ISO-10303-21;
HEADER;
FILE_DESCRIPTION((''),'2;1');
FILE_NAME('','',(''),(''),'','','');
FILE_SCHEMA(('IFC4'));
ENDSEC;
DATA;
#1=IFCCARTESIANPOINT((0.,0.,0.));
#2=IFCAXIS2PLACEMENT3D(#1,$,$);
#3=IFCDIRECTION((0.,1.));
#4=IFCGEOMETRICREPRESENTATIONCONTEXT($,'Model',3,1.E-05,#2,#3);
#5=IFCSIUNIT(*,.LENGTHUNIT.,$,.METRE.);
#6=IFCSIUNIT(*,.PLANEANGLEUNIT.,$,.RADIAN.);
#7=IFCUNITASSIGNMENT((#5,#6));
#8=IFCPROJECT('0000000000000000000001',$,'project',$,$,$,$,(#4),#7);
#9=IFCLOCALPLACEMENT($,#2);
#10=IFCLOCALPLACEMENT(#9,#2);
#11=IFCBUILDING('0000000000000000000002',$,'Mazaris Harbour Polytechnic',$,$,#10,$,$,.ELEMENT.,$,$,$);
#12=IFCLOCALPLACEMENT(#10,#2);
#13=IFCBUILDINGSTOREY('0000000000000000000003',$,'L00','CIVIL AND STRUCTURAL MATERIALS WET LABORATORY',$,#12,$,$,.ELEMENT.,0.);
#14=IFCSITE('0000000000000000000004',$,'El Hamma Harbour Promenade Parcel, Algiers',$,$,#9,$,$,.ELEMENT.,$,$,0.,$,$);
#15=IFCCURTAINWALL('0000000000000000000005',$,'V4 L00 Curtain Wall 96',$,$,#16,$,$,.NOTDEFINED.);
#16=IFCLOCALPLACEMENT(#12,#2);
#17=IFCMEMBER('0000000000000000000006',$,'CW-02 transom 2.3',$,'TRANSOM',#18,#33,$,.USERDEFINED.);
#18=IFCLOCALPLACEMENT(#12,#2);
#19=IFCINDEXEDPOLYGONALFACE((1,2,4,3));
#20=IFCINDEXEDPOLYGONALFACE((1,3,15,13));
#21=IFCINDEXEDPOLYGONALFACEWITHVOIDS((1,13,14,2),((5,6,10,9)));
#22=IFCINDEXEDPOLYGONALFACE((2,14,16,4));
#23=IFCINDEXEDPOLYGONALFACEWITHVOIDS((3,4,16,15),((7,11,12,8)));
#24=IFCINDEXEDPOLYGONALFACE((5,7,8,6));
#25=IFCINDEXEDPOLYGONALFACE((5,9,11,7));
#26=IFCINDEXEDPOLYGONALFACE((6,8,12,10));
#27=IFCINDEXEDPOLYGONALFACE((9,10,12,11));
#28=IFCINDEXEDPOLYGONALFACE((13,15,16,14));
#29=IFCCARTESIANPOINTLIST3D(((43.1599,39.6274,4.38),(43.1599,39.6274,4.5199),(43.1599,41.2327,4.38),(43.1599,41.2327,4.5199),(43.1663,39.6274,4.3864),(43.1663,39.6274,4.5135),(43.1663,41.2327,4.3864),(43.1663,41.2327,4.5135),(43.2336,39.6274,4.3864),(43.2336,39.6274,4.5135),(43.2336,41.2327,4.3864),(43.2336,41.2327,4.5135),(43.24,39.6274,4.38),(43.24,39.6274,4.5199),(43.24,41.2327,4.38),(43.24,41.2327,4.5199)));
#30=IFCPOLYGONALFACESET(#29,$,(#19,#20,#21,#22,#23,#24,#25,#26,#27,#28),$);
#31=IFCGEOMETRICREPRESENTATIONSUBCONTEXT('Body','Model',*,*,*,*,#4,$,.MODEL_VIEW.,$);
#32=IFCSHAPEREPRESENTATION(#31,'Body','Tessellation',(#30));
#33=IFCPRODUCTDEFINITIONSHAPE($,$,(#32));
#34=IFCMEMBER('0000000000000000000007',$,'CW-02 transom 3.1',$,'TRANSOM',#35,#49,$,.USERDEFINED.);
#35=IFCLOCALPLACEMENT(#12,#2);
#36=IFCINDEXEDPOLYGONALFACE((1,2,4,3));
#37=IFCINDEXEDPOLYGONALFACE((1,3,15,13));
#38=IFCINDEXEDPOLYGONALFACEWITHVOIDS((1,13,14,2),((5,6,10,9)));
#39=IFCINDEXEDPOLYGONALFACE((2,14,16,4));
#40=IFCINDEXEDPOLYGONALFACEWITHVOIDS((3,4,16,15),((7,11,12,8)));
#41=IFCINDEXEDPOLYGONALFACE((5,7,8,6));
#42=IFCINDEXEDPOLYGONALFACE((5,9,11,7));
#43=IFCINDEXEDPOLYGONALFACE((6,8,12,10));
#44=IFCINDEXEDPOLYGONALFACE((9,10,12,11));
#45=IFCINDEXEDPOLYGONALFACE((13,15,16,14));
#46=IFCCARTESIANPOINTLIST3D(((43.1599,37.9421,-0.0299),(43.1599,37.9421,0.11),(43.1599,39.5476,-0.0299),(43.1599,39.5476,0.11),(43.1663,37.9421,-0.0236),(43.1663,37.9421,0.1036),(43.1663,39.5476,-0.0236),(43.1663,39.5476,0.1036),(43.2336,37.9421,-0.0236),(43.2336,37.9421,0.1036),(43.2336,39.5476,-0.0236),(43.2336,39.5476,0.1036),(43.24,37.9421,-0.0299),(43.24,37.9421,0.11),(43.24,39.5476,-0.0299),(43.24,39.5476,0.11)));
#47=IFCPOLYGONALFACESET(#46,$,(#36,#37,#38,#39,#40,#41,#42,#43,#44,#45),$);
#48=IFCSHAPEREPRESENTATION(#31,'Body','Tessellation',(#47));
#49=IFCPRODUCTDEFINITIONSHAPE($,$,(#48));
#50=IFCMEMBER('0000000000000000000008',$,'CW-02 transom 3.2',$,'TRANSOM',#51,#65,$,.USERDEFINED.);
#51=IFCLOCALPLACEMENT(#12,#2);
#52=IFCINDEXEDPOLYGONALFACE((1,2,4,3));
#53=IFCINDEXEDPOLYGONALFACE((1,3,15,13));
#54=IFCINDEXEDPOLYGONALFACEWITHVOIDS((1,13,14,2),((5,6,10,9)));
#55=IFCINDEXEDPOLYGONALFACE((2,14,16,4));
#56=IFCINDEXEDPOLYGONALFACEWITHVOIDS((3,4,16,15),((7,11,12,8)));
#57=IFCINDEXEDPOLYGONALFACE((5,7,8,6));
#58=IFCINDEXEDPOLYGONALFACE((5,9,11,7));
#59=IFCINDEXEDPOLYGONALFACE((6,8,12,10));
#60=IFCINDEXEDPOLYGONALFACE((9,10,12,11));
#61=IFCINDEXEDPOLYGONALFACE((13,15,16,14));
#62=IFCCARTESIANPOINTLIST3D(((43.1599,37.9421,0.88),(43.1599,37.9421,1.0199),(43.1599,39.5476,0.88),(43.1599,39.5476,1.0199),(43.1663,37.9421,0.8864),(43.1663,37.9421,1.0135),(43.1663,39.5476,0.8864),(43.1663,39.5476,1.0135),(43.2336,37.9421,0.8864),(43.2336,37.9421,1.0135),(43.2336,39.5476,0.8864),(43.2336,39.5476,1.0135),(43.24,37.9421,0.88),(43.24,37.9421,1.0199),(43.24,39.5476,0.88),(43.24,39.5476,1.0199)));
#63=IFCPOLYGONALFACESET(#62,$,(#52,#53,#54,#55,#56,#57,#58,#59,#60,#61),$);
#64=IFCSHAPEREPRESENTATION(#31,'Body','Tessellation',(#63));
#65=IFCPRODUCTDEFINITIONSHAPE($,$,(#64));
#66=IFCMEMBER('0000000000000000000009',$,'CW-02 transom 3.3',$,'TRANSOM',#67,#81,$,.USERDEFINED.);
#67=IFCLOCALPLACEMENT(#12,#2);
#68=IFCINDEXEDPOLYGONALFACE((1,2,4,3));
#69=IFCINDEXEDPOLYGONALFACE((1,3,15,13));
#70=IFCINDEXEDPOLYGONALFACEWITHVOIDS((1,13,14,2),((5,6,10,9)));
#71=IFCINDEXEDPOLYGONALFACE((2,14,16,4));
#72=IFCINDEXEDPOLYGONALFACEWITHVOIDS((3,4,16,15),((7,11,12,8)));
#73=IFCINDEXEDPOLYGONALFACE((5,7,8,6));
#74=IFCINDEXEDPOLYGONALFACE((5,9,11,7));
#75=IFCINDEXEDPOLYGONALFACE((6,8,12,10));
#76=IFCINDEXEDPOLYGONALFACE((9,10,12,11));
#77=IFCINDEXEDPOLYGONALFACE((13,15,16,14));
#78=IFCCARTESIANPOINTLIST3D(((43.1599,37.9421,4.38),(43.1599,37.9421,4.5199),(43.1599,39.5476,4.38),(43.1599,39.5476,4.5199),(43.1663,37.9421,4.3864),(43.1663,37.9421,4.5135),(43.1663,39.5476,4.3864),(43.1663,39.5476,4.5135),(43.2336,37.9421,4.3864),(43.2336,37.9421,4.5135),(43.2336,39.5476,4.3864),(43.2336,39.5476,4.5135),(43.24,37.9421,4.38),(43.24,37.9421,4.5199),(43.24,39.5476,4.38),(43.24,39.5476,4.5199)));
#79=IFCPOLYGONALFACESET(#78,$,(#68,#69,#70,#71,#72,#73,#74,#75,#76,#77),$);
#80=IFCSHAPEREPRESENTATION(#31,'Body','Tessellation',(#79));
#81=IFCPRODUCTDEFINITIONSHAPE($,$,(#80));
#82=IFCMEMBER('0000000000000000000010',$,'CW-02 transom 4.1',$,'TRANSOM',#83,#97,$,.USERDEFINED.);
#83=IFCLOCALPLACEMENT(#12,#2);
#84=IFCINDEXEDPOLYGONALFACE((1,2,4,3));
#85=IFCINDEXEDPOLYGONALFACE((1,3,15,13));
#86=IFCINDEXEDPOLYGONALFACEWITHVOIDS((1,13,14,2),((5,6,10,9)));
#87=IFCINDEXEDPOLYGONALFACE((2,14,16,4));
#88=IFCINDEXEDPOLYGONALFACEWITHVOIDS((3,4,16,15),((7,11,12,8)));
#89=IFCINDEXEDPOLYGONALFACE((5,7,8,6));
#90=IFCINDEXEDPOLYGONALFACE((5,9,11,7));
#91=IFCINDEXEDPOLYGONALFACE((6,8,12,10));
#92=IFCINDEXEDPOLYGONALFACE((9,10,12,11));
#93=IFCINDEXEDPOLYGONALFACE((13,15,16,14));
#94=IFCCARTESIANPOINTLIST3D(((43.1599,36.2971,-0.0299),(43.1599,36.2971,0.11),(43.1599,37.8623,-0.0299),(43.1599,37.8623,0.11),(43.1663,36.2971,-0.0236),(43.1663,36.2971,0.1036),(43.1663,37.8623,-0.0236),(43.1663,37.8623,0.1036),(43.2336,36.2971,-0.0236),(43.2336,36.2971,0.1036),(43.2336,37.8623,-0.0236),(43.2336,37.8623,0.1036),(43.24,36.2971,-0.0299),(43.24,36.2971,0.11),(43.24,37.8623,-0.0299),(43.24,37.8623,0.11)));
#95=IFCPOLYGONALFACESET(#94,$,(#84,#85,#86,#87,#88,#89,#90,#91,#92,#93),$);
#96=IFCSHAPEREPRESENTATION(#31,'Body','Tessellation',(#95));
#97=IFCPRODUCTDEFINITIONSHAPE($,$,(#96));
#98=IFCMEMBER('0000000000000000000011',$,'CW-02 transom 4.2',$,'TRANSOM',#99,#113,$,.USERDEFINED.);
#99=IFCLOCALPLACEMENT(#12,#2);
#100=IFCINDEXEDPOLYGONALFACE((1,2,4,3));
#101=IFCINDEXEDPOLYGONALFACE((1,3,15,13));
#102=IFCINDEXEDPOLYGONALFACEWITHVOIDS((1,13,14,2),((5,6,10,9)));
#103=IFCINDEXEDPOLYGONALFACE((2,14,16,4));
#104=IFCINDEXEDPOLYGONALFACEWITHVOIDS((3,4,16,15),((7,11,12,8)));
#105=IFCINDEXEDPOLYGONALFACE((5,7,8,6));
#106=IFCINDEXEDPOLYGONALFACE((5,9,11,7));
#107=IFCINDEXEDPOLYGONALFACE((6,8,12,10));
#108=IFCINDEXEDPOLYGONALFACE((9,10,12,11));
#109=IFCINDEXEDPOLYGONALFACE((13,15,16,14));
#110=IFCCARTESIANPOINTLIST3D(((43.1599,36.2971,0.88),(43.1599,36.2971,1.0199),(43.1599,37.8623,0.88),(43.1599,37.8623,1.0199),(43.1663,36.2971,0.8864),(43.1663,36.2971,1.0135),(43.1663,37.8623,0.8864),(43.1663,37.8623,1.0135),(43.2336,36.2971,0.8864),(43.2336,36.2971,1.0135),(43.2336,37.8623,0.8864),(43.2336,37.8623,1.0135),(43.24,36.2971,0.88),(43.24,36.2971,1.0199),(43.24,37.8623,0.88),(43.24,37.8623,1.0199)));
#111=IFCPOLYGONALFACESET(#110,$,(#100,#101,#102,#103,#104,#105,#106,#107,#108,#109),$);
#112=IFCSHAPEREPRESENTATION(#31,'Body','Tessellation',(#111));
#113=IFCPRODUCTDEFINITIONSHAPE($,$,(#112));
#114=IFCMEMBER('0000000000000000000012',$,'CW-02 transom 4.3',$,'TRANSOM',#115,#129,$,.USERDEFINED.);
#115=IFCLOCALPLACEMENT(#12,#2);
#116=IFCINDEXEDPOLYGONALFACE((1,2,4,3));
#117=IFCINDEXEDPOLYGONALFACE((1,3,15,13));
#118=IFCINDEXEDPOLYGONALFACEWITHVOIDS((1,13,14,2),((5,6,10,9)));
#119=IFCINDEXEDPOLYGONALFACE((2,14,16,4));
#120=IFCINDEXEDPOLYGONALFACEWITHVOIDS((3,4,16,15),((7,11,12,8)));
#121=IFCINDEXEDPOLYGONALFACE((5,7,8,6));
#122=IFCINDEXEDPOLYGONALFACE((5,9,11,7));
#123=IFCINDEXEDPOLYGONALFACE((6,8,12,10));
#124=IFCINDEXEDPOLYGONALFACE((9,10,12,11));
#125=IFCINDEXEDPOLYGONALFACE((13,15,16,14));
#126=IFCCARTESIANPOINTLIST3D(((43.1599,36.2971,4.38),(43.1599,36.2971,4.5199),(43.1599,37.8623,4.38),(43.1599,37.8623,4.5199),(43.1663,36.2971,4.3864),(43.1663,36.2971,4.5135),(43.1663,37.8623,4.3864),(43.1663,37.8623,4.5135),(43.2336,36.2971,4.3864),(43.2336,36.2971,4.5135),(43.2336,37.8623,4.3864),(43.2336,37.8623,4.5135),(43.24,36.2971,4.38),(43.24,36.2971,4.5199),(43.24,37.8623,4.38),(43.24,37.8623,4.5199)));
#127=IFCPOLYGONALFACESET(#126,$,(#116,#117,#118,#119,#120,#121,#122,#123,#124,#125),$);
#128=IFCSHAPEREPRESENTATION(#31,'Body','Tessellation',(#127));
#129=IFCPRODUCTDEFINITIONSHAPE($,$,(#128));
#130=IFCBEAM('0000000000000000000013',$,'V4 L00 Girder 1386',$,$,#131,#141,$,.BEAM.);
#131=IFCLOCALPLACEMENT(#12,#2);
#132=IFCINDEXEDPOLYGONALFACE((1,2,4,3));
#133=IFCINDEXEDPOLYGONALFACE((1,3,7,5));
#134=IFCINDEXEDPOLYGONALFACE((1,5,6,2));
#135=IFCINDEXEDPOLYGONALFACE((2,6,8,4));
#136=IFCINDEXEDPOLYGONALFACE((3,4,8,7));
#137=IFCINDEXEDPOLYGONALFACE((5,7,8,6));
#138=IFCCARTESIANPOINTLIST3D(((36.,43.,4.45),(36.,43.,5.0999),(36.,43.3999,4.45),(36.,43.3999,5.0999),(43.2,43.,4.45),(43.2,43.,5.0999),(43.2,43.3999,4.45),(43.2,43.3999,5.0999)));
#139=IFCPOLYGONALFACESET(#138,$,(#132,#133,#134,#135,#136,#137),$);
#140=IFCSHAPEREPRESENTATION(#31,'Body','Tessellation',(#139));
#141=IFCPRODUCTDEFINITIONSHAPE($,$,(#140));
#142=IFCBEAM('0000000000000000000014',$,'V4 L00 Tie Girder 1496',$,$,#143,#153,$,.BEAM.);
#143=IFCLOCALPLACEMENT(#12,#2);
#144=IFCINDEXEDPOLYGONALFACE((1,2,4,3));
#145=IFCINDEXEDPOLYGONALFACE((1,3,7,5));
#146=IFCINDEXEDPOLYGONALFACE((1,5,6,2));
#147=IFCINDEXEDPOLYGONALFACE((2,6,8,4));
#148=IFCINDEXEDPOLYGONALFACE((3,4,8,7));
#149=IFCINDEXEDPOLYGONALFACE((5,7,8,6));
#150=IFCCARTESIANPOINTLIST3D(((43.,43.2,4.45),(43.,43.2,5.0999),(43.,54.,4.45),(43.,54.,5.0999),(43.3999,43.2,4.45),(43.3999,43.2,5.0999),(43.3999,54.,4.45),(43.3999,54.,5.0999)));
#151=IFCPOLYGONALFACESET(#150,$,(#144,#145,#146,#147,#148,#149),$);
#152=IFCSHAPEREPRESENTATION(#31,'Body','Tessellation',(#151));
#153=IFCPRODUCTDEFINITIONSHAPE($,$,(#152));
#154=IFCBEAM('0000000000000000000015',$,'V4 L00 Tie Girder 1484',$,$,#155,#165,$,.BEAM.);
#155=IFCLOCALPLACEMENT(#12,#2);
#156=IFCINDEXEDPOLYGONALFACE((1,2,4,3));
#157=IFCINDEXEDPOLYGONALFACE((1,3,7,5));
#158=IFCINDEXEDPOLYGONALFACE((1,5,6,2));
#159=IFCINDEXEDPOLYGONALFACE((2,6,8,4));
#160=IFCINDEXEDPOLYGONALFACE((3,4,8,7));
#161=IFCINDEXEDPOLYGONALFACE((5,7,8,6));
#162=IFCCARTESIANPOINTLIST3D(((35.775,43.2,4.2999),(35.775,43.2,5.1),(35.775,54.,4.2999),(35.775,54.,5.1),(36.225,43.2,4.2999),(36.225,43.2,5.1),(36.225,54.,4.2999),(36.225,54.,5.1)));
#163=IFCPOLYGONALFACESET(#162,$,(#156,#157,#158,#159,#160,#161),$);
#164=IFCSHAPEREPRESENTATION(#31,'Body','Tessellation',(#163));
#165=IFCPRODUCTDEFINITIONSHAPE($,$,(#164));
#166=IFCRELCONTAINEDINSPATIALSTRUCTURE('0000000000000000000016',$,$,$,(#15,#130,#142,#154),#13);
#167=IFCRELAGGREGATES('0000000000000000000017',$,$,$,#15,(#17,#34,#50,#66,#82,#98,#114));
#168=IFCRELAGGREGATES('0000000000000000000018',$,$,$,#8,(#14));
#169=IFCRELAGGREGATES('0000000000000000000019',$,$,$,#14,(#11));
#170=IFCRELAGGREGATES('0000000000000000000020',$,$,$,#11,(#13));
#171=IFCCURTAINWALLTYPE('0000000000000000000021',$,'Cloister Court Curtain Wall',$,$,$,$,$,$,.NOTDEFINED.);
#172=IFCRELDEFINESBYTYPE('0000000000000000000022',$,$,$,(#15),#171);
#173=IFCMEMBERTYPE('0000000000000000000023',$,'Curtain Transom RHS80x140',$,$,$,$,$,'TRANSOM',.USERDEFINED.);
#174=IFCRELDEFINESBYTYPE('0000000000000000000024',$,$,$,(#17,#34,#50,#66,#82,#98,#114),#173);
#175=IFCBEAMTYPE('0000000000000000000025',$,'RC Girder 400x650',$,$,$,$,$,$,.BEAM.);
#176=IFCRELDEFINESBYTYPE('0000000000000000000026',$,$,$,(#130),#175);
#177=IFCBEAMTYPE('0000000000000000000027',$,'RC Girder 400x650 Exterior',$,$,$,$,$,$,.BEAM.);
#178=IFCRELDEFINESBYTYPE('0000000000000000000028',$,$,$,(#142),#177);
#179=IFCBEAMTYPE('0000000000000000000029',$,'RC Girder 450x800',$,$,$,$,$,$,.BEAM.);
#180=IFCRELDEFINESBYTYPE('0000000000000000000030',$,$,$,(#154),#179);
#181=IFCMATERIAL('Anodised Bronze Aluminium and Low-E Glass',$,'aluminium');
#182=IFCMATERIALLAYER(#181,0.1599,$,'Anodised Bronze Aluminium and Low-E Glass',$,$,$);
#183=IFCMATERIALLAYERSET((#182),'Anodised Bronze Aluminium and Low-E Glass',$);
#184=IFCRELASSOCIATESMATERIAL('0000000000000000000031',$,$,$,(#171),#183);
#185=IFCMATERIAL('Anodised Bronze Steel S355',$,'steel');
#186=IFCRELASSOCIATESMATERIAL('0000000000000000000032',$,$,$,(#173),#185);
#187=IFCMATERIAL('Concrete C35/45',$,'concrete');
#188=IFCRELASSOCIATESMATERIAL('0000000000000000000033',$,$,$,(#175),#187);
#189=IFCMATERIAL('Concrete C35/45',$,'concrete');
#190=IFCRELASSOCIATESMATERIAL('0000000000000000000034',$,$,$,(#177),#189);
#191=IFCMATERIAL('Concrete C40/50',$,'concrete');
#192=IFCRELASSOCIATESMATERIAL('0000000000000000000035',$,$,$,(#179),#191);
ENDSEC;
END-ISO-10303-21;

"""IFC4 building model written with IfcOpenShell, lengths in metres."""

from ifc_helpers import new_model, si_unit, direction, frame, origin, origin_2d, place, context, subcontext, project, spatial, rectangle, hollow_rectangle, extrude, material, layer, layer_set, material_profile, profile_set, type_object, element, aggregate, save


model = new_model("IFC4")

# Units and contexts
model_context = context("Model", 3, precision=1e-05, world=origin(), true_north=direction((0.0, 1.0)))
body_context = subcontext(model_context, "Body", "Model", "MODEL_VIEW")
ifc_project = project(units=[si_unit("LENGTHUNIT", "METRE"), si_unit("PLANEANGLEUNIT", "RADIAN")], contexts=[model_context])

# Site, building, storey
site_placement = place(None, origin())
site = spatial("IfcSite", under=ifc_project, at=site_placement, Name="El Hamma Harbour Promenade Parcel, Algiers", CompositionType="ELEMENT", RefElevation=0.0)
building_placement = place(site_placement, origin())
building = spatial("IfcBuilding", under=site, at=building_placement, Name="Mazaris Harbour Polytechnic", CompositionType="ELEMENT")
storey_placement = place(building_placement, origin())
storey = spatial("IfcBuildingStorey", under=building, at=storey_placement, Name="L00", Description="CIVIL AND STRUCTURAL MATERIALS WET LABORATORY", CompositionType="ELEMENT", Elevation=0.0)

# Curtain wall, members
ifc_material_1 = material(Name="Anodised Bronze Aluminium and Low-E Glass", Category="aluminium")
ifc_layer_1 = layer(ifc_material_1, 0.1599, Name="Anodised Bronze Aluminium and Low-E Glass")
ifc_layer_set_1 = layer_set([ifc_layer_1], Name="Anodised Bronze Aluminium and Low-E Glass")
curtain_wall_type = type_object("IfcCurtainWallType", Name="Cloister Court Curtain Wall", PredefinedType="NOTDEFINED", material=ifc_layer_set_1)
curtain_wall_placement = place(storey_placement, origin())
curtain_wall = element("IfcCurtainWall", 1, at=curtain_wall_placement, inside=storey, type_object=curtain_wall_type, Name="V4 L00 Curtain Wall 96", PredefinedType="NOTDEFINED")
ifc_material_2 = material(Name="Anodised Bronze Steel S355", Category="steel")
ifc_material_profile_1 = material_profile(ifc_material_2, hollow_rectangle(XDim=0.0801, YDim=0.1399, WallThickness=0.0063, at=origin_2d()), Name="RHS 80x140x6.3")
ifc_profile_set_1 = profile_set([ifc_material_profile_1], Name="Anodised Bronze Steel S355")
member_type_1 = type_object("IfcMemberType", Name="Curtain Transom RHS80x140", ElementType="TRANSOM", PredefinedType="USERDEFINED", material=ifc_profile_set_1)
member_1_placement = place(storey_placement, frame((43.2, 41.2327, 4.45), z_axis=(0.0, -1.0, 0.0), x_axis=(1.0, 0.0, 0.0)))
member_1 = element("IfcMember", 2, at=member_1_placement, type_object=member_type_1, Name="CW-02 transom 2.3", ObjectType="TRANSOM", PredefinedType="USERDEFINED", context=body_context, shape_type="SweptSolid", body=[
    extrude(hollow_rectangle(XDim=0.0801, YDim=0.1399, WallThickness=0.0063, at=origin_2d()), origin(), (0.0, 0.0, 1.0), 1.6052),
])
member_2_placement = place(storey_placement, frame((43.2, 39.5476, 0.04), z_axis=(0.0, -1.0, 0.0), x_axis=(1.0, 0.0, 0.0)))
member_2 = element("IfcMember", 3, at=member_2_placement, type_object=member_type_1, Name="CW-02 transom 3.1", ObjectType="TRANSOM", PredefinedType="USERDEFINED", context=body_context, shape_type="SweptSolid", body=[
    extrude(hollow_rectangle(XDim=0.0801, YDim=0.1399, WallThickness=0.0063, at=origin_2d()), origin(), (0.0, 0.0, 1.0), 1.6055),
])
member_3_placement = place(storey_placement, frame((43.2, 39.5476, 0.95), z_axis=(0.0, -1.0, 0.0), x_axis=(1.0, 0.0, 0.0)))
member_3 = element("IfcMember", 4, at=member_3_placement, type_object=member_type_1, Name="CW-02 transom 3.2", ObjectType="TRANSOM", PredefinedType="USERDEFINED", context=body_context, shape_type="SweptSolid", body=[
    extrude(hollow_rectangle(XDim=0.0801, YDim=0.1399, WallThickness=0.0063, at=origin_2d()), origin(), (0.0, 0.0, 1.0), 1.6055),
])
member_4_placement = place(storey_placement, frame((43.2, 39.5476, 4.45), z_axis=(0.0, -1.0, 0.0), x_axis=(1.0, 0.0, 0.0)))
member_4 = element("IfcMember", 5, at=member_4_placement, type_object=member_type_1, Name="CW-02 transom 3.3", ObjectType="TRANSOM", PredefinedType="USERDEFINED", context=body_context, shape_type="SweptSolid", body=[
    extrude(hollow_rectangle(XDim=0.0801, YDim=0.1399, WallThickness=0.0063, at=origin_2d()), origin(), (0.0, 0.0, 1.0), 1.6055),
])
member_5_placement = place(storey_placement, frame((43.2, 37.8623, 0.04), z_axis=(0.0, -1.0, 0.0), x_axis=(1.0, 0.0, 0.0)))
member_5 = element("IfcMember", 6, at=member_5_placement, type_object=member_type_1, Name="CW-02 transom 4.1", ObjectType="TRANSOM", PredefinedType="USERDEFINED", context=body_context, shape_type="SweptSolid", body=[
    extrude(hollow_rectangle(XDim=0.0801, YDim=0.1399, WallThickness=0.0063, at=origin_2d()), origin(), (0.0, 0.0, 1.0), 1.5652),
])
member_6_placement = place(storey_placement, frame((43.2, 37.8623, 0.95), z_axis=(0.0, -1.0, 0.0), x_axis=(1.0, 0.0, 0.0)))
member_6 = element("IfcMember", 7, at=member_6_placement, type_object=member_type_1, Name="CW-02 transom 4.2", ObjectType="TRANSOM", PredefinedType="USERDEFINED", context=body_context, shape_type="SweptSolid", body=[
    extrude(hollow_rectangle(XDim=0.0801, YDim=0.1399, WallThickness=0.0063, at=origin_2d()), origin(), (0.0, 0.0, 1.0), 1.5652),
])
member_7_placement = place(storey_placement, frame((43.2, 37.8623, 4.45), z_axis=(0.0, -1.0, 0.0), x_axis=(1.0, 0.0, 0.0)))
member_7 = element("IfcMember", 8, at=member_7_placement, type_object=member_type_1, Name="CW-02 transom 4.3", ObjectType="TRANSOM", PredefinedType="USERDEFINED", context=body_context, shape_type="SweptSolid", body=[
    extrude(hollow_rectangle(XDim=0.0801, YDim=0.1399, WallThickness=0.0063, at=origin_2d()), origin(), (0.0, 0.0, 1.0), 1.5652),
])

# Beams
ifc_material_3 = material(Name="Concrete C35/45", Category="concrete")
ifc_material_profile_2 = material_profile(ifc_material_3, rectangle(XDim=0.3999, YDim=0.6499, at=origin_2d()), Name="RECT400x650")
ifc_profile_set_2 = profile_set([ifc_material_profile_2], Name="Concrete C35/45")
beam_type_1 = type_object("IfcBeamType", Name="RC Girder 400x650", PredefinedType="BEAM", material=ifc_profile_set_2)
beam_1_placement = place(storey_placement, frame((36.0, 43.2, 4.7749), z_axis=(1.0, 0.0, 0.0), x_axis=(0.0, 1.0, 0.0)))
element("IfcBeam", 9, at=beam_1_placement, inside=storey, type_object=beam_type_1, Name="V4 L00 Girder 1386", PredefinedType="BEAM", context=body_context, shape_type="SweptSolid", body=[
    extrude(rectangle(XDim=0.3999, YDim=0.6499, at=origin_2d()), origin(), (0.0, 0.0, 1.0), 7.2),
])
ifc_material_4 = material(Name="Concrete C35/45", Category="concrete")
ifc_material_profile_3 = material_profile(ifc_material_4, rectangle(XDim=0.3999, YDim=0.6499, at=origin_2d()), Name="RECT400x650")
ifc_profile_set_3 = profile_set([ifc_material_profile_3], Name="Concrete C35/45")
beam_type_2 = type_object("IfcBeamType", Name="RC Girder 400x650 Exterior", PredefinedType="BEAM", material=ifc_profile_set_3)
beam_2_placement = place(storey_placement, frame((43.2, 43.2, 4.7749), z_axis=(0.0, 1.0, 0.0), x_axis=(-1.0, 0.0, 0.0)))
element("IfcBeam", 10, at=beam_2_placement, inside=storey, type_object=beam_type_2, Name="V4 L00 Tie Girder 1496", PredefinedType="BEAM", context=body_context, shape_type="SweptSolid", body=[
    extrude(rectangle(XDim=0.3999, YDim=0.6499, at=origin_2d()), origin(), (0.0, 0.0, 1.0), 10.8),
])
ifc_material_5 = material(Name="Concrete C40/50", Category="concrete")
ifc_material_profile_4 = material_profile(ifc_material_5, rectangle(XDim=0.45, YDim=0.8, at=origin_2d()), Name="RECT450x800")
ifc_profile_set_4 = profile_set([ifc_material_profile_4], Name="Concrete C40/50")
beam_type_3 = type_object("IfcBeamType", Name="RC Girder 450x800", PredefinedType="BEAM", material=ifc_profile_set_4)
beam_3_placement = place(storey_placement, frame((36.0, 43.2, 4.7), z_axis=(0.0, 1.0, 0.0), x_axis=(-1.0, 0.0, 0.0)))
element("IfcBeam", 11, at=beam_3_placement, inside=storey, type_object=beam_type_3, Name="V4 L00 Tie Girder 1484", PredefinedType="BEAM", context=body_context, shape_type="SweptSolid", body=[
    extrude(rectangle(XDim=0.45, YDim=0.8, at=origin_2d()), origin(), (0.0, 0.0, 1.0), 10.8),
])

aggregate(curtain_wall, [member_1, member_2, member_3, member_4, member_5, member_6, member_7])

save(model, "model.ifc")
